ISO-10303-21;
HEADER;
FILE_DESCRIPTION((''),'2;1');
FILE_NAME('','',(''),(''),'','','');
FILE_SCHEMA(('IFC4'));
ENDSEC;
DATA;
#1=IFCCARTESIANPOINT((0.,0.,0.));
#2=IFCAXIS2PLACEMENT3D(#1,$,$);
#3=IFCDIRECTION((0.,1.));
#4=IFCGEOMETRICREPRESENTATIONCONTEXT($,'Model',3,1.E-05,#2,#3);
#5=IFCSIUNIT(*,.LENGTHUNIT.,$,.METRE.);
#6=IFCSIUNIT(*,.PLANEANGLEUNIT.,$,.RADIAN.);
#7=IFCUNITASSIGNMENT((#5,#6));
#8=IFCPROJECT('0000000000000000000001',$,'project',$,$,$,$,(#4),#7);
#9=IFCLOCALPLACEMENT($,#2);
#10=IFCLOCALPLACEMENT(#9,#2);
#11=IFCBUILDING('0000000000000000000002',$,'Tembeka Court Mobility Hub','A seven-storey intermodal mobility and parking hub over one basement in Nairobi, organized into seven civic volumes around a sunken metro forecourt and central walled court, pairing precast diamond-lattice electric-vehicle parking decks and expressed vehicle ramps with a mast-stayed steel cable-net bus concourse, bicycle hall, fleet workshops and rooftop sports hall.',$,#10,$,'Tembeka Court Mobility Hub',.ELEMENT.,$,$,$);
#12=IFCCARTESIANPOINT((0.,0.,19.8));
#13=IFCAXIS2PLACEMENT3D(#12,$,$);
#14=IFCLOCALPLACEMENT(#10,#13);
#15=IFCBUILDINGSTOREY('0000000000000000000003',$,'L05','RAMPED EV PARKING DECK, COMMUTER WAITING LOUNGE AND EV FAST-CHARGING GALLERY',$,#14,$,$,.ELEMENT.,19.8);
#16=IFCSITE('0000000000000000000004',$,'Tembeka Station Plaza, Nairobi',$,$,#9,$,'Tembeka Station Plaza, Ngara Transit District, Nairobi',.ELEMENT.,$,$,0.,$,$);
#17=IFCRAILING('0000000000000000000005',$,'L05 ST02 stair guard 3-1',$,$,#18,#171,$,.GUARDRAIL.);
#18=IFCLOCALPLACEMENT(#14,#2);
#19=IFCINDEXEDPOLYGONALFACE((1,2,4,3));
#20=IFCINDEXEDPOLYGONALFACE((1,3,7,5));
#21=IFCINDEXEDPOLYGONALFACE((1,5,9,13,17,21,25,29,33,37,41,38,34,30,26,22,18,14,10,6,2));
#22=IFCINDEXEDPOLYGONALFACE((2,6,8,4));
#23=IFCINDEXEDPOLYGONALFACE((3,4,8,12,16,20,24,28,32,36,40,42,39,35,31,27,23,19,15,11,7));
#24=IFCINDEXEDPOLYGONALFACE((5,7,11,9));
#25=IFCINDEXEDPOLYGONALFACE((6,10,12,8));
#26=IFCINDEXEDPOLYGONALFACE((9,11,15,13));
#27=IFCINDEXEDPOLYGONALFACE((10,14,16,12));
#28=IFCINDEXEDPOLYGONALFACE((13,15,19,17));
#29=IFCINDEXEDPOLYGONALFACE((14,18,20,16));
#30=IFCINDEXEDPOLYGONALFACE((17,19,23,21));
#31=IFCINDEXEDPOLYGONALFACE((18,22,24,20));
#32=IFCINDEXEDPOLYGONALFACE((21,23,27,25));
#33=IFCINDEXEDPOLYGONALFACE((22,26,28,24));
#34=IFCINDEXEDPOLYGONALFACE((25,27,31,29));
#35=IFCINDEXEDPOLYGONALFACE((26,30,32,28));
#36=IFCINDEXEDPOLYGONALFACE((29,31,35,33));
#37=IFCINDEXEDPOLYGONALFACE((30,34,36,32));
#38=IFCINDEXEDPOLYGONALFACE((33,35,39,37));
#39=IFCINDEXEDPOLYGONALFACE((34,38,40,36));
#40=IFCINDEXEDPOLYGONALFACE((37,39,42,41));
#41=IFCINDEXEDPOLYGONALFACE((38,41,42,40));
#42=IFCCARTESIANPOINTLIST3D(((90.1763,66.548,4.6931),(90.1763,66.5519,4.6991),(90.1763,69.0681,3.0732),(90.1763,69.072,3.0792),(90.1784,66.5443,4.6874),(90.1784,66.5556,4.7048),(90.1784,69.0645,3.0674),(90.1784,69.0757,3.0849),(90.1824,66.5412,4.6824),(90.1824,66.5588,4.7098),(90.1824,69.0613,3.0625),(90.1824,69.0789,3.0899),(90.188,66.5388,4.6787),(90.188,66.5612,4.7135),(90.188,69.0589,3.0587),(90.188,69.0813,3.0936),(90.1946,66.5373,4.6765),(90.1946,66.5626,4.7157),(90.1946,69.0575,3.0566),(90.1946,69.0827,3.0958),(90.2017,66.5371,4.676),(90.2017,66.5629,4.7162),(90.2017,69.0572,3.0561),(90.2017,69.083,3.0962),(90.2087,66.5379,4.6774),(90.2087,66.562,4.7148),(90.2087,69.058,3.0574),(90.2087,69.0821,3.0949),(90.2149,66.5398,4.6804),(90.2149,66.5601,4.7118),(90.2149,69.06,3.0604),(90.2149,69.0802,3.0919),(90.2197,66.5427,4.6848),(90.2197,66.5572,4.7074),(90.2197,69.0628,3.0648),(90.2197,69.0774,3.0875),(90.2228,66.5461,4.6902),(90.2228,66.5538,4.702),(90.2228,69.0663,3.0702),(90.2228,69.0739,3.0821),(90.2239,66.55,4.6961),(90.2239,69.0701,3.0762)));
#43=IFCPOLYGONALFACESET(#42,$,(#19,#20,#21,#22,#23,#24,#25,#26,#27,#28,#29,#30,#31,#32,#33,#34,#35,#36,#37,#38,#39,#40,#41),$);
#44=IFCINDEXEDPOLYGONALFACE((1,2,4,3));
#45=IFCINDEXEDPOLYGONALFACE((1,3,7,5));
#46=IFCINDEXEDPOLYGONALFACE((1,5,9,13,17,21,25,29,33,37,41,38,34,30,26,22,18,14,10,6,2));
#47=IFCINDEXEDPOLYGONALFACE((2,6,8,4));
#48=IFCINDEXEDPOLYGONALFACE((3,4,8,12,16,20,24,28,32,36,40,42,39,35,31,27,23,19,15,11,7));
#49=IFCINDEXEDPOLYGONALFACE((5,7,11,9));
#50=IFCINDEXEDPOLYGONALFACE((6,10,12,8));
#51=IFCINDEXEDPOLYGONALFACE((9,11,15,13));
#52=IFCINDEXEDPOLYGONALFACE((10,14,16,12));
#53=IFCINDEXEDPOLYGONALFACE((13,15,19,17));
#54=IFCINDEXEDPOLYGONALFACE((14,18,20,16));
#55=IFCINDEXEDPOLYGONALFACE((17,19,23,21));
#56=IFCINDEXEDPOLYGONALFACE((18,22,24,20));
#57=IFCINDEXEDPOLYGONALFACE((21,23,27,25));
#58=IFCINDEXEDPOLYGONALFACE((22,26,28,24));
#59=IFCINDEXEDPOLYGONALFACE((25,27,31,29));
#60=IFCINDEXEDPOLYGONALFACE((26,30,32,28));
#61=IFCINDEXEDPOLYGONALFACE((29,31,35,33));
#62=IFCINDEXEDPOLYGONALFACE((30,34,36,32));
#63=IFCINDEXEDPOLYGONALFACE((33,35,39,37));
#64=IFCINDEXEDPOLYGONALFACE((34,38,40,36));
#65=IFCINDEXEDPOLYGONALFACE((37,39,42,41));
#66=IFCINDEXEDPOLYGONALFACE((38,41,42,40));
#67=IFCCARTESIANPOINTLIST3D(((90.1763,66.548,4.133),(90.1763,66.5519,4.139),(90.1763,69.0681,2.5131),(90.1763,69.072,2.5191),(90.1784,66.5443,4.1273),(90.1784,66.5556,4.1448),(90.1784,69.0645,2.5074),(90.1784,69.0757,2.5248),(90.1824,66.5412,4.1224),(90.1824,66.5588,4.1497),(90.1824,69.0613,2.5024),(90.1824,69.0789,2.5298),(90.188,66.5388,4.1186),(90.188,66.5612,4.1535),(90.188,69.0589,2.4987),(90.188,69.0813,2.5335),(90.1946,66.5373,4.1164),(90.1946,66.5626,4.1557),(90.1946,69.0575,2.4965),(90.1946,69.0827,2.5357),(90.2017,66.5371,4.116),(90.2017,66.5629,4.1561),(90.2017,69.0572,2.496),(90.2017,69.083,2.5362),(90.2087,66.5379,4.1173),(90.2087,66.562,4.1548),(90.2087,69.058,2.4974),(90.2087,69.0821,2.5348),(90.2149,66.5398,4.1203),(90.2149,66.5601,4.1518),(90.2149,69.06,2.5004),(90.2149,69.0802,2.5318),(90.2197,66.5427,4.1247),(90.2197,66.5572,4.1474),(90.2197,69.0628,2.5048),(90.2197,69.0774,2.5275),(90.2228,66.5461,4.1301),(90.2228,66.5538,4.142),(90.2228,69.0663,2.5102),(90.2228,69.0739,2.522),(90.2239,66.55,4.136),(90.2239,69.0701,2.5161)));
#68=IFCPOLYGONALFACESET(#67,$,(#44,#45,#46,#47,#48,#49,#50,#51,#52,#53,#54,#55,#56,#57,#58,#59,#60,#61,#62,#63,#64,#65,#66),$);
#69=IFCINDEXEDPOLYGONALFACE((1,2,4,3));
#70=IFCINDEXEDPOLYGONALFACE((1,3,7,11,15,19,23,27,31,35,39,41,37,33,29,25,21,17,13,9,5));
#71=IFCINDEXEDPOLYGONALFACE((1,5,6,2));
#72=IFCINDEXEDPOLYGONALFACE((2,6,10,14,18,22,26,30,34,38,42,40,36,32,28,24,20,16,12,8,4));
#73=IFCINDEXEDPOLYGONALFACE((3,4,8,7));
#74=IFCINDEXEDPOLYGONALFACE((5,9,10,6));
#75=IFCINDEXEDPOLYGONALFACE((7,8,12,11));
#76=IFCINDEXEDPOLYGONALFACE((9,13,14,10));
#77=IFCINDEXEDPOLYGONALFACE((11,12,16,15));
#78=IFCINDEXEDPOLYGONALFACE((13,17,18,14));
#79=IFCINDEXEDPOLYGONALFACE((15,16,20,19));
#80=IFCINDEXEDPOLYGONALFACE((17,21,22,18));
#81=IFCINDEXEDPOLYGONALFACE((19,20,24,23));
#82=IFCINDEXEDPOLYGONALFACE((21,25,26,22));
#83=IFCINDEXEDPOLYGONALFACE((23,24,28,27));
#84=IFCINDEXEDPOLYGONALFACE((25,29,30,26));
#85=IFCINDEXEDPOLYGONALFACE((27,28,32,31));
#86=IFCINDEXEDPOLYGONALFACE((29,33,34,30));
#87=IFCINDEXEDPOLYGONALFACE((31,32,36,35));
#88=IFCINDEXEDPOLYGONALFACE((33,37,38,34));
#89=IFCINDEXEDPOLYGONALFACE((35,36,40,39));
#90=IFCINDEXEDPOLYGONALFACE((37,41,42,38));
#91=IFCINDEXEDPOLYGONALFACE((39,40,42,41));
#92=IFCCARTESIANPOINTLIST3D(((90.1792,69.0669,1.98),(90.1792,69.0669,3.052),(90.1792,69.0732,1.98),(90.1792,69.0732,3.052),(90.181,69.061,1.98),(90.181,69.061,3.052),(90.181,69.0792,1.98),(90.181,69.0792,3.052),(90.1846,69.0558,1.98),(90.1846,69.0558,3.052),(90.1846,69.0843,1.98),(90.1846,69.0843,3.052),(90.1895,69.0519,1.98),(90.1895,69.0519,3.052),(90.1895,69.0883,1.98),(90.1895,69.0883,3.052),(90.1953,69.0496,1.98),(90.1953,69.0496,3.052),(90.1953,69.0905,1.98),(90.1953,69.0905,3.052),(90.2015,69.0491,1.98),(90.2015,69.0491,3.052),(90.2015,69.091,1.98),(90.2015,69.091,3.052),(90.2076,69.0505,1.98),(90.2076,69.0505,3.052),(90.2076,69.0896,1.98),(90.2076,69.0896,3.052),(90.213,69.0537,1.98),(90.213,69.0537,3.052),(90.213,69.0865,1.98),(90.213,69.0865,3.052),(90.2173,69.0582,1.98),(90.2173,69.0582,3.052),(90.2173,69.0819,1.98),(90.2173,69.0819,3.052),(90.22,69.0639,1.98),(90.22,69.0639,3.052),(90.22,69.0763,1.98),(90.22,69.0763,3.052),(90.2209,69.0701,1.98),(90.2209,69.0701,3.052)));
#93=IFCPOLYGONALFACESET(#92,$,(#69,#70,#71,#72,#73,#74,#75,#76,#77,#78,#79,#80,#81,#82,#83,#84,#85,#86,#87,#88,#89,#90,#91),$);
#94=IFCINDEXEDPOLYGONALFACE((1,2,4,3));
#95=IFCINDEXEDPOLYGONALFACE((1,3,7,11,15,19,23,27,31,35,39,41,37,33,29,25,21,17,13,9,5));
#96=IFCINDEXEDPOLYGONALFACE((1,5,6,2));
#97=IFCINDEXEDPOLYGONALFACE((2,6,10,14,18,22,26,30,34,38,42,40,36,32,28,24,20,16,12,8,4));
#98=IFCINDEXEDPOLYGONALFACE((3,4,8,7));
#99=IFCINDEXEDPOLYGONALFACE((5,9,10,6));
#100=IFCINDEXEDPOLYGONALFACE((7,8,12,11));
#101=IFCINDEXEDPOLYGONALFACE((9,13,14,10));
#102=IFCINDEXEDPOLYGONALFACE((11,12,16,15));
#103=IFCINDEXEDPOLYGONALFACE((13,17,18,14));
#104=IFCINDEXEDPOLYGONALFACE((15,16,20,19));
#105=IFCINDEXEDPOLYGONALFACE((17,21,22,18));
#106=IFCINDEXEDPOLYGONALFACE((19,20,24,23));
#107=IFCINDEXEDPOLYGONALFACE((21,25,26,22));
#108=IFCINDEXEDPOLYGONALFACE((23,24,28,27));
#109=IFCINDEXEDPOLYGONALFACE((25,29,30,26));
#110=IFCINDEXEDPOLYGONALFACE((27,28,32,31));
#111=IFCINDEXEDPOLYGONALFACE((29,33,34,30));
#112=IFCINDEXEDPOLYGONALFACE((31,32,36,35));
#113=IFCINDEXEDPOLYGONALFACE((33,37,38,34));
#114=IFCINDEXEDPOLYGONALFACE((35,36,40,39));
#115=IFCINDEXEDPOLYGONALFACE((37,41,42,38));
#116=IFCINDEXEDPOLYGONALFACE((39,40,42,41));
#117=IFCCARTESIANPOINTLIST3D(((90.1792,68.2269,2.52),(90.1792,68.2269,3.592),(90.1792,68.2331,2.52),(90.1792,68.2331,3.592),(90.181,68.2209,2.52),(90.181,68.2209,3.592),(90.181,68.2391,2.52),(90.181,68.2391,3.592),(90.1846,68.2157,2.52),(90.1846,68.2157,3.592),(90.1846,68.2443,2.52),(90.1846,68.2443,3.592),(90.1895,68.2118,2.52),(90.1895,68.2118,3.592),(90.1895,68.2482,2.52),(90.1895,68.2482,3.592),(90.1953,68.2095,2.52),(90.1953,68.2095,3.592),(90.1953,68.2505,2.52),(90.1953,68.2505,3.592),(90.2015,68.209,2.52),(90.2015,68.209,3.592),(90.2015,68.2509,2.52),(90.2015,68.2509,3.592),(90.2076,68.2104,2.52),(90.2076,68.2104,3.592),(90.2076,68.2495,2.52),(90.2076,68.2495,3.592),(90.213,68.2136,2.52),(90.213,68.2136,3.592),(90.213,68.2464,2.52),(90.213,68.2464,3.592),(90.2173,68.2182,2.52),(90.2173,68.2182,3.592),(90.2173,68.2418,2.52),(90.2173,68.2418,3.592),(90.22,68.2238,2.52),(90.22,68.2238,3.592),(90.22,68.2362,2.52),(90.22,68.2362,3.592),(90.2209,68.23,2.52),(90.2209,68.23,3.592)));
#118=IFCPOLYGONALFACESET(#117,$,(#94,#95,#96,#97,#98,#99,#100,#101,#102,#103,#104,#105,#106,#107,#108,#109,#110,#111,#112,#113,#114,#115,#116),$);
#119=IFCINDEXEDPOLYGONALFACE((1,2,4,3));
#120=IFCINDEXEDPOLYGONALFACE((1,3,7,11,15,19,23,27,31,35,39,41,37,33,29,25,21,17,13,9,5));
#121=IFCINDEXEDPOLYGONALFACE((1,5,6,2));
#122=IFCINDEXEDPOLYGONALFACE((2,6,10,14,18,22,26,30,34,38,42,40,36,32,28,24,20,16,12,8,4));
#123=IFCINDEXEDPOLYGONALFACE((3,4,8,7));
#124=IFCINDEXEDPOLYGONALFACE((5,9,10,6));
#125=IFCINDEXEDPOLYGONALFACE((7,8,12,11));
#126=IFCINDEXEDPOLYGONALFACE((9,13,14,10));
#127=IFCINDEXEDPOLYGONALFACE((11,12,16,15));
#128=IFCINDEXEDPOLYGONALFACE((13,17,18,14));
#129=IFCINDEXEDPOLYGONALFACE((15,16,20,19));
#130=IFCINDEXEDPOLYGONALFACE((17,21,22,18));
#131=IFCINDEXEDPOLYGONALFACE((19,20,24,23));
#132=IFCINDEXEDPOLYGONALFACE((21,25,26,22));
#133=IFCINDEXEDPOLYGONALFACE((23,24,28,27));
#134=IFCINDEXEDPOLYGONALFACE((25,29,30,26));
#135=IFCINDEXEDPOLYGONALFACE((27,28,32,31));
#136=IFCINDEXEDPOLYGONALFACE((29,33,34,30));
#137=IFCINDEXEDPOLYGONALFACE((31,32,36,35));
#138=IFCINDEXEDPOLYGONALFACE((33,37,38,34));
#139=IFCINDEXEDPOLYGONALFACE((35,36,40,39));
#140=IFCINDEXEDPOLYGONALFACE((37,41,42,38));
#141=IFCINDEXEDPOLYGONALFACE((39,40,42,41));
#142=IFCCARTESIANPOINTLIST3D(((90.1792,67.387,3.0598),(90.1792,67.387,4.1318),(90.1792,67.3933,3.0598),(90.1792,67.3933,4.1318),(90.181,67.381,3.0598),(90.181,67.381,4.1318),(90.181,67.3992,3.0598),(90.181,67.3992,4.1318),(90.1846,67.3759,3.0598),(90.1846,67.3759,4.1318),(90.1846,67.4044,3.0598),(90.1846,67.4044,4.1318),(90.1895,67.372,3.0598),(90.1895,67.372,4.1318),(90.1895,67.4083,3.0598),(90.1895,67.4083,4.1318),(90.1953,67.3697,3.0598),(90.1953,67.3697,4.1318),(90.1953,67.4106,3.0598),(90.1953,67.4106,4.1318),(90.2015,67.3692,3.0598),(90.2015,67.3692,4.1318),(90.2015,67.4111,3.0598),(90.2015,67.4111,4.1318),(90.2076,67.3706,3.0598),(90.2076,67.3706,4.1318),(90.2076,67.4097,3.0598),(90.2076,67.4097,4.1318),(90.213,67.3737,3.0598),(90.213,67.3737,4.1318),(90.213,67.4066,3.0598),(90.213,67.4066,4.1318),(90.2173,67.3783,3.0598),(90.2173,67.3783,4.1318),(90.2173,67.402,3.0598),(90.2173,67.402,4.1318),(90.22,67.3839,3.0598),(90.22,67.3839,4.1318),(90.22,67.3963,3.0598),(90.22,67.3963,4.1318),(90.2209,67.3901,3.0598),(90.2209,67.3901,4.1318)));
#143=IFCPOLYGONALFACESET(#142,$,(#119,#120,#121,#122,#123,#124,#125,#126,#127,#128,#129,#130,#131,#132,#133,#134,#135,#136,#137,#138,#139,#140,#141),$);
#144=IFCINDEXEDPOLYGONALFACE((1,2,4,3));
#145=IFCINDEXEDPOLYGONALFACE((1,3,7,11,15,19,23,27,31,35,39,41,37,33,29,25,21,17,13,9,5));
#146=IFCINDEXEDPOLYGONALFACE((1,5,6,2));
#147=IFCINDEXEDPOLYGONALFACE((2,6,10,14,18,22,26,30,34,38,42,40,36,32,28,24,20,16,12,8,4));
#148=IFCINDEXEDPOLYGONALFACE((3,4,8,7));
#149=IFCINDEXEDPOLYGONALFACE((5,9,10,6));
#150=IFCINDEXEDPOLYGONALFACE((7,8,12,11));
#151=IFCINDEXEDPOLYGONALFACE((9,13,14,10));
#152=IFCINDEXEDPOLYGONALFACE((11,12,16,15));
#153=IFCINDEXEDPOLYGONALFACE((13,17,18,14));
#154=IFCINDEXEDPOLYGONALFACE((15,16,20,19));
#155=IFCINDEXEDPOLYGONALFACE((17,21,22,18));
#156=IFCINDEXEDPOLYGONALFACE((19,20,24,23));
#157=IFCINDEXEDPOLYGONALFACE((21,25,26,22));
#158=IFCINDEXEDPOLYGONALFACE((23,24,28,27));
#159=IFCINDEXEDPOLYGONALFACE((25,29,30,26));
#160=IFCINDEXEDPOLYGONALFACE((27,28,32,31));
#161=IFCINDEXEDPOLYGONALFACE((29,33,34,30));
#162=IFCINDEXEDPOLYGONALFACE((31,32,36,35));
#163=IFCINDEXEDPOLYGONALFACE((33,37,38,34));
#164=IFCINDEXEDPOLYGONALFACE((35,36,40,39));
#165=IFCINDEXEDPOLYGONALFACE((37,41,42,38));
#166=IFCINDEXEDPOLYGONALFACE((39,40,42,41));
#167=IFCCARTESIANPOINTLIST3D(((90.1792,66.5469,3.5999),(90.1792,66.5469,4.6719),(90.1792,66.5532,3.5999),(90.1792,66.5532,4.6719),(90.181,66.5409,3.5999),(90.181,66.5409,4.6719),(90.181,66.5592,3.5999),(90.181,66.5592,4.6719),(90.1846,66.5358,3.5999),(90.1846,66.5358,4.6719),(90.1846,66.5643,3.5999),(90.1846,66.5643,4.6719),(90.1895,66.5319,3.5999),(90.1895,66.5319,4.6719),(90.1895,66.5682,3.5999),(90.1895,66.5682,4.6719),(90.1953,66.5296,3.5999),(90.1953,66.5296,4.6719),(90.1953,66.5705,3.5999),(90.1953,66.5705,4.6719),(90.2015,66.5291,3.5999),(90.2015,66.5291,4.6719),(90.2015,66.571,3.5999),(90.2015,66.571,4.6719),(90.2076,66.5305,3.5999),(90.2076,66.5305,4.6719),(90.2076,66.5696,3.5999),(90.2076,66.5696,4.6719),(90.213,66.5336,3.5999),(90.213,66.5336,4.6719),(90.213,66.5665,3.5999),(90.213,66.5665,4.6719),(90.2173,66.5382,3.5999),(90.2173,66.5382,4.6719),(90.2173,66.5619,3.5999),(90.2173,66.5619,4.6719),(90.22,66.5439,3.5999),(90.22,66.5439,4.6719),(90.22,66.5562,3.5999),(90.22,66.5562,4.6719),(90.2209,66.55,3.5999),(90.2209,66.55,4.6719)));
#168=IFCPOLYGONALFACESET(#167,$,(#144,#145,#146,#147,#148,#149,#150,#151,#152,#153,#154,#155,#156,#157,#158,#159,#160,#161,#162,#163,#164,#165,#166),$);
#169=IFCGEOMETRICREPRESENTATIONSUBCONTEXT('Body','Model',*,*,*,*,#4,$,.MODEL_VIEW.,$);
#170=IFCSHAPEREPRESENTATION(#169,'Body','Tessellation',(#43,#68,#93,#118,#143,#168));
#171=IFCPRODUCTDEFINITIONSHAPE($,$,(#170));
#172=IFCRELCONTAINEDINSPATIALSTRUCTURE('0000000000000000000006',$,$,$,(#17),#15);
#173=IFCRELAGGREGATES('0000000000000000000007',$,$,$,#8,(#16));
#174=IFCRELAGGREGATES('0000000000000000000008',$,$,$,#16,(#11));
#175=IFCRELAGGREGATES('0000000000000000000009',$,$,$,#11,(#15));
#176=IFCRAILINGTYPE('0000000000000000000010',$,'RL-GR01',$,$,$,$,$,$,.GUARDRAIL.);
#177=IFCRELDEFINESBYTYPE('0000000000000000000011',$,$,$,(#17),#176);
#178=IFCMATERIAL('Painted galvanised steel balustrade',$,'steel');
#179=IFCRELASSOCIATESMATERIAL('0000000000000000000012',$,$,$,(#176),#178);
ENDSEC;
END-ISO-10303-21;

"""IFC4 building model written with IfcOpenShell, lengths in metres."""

from ifc_helpers import new_model, si_unit, direction, frame, origin, origin_2d, place, context, subcontext, project, spatial, circle, extrude, material, type_object, element, save


model = new_model("IFC4")

# Units and contexts
model_context = context("Model", 3, precision=1e-05, world=origin(), true_north=direction((0.0, 1.0)))
body_context = subcontext(model_context, "Body", "Model", "MODEL_VIEW")
ifc_project = project(units=[si_unit("LENGTHUNIT", "METRE"), si_unit("PLANEANGLEUNIT", "RADIAN")], contexts=[model_context])

# Site, building, storey
site_placement = place(None, origin())
site = spatial("IfcSite", under=ifc_project, at=site_placement, Name="Tembeka Station Plaza, Nairobi", LongName="Tembeka Station Plaza, Ngara Transit District, Nairobi", CompositionType="ELEMENT", RefElevation=0.0)
building_placement = place(site_placement, origin())
building = spatial("IfcBuilding", under=site, at=building_placement, Name="Tembeka Court Mobility Hub", Description="A seven-storey intermodal mobility and parking hub over one basement in Nairobi, organized into seven civic volumes around a sunken metro forecourt and central walled court, pairing precast diamond-lattice electric-vehicle parking decks and expressed vehicle ramps with a mast-stayed steel cable-net bus concourse, bicycle hall, fleet workshops and rooftop sports hall.", LongName="Tembeka Court Mobility Hub", CompositionType="ELEMENT")
storey_placement = place(building_placement, frame((0.0, 0.0, 19.8)))
storey = spatial("IfcBuildingStorey", under=building, at=storey_placement, Name="L05", Description="RAMPED EV PARKING DECK, COMMUTER WAITING LOUNGE AND EV FAST-CHARGING GALLERY", CompositionType="ELEMENT", Elevation=19.8)

# Railing
ifc_material_1 = material(Name="Painted galvanised steel balustrade", Category="steel")
railing_type_1 = type_object("IfcRailingType", Name="RL-GR01", PredefinedType="GUARDRAIL", material=ifc_material_1)
railing_1_placement = place(storey_placement, frame((90.2, 69.0701, 1.98)))
element("IfcRailing", 1, at=railing_1_placement, inside=storey, type_object=railing_type_1, Name="L05 ST02 stair guard 3-1", PredefinedType="GUARDRAIL", context=body_context, shape_type="SweptSolid", body=[
    extrude(circle(Radius=0.0239, at=origin_2d()), frame((0.0, 0.0, 1.0962), z_axis=(0.0, -0.8412, 0.540725), x_axis=(1.0, 0.0, 0.0)), (0.0, 0.0, 1.0), 2.9958),
    extrude(circle(Radius=0.0239, at=origin_2d()), frame((0.0, 0.0, 0.5361), z_axis=(0.0, -0.8412, 0.540725), x_axis=(1.0, 0.0, 0.0)), (0.0, 0.0, 1.0), 2.9958),
    extrude(circle(Radius=0.021, at=origin_2d()), origin(), (0.0, 0.0, 1.0), 1.072),
    extrude(circle(Radius=0.021, at=origin_2d()), frame((0.0, -0.8401, 0.54)), (0.0, 0.0, 1.0), 1.072),
    extrude(circle(Radius=0.021, at=origin_2d()), frame((0.0, -1.6799, 1.0798)), (0.0, 0.0, 1.0), 1.072),
    extrude(circle(Radius=0.021, at=origin_2d()), frame((0.0, -2.52, 1.6199)), (0.0, 0.0, 1.0), 1.072),
])

save(model, "model.ifc")
